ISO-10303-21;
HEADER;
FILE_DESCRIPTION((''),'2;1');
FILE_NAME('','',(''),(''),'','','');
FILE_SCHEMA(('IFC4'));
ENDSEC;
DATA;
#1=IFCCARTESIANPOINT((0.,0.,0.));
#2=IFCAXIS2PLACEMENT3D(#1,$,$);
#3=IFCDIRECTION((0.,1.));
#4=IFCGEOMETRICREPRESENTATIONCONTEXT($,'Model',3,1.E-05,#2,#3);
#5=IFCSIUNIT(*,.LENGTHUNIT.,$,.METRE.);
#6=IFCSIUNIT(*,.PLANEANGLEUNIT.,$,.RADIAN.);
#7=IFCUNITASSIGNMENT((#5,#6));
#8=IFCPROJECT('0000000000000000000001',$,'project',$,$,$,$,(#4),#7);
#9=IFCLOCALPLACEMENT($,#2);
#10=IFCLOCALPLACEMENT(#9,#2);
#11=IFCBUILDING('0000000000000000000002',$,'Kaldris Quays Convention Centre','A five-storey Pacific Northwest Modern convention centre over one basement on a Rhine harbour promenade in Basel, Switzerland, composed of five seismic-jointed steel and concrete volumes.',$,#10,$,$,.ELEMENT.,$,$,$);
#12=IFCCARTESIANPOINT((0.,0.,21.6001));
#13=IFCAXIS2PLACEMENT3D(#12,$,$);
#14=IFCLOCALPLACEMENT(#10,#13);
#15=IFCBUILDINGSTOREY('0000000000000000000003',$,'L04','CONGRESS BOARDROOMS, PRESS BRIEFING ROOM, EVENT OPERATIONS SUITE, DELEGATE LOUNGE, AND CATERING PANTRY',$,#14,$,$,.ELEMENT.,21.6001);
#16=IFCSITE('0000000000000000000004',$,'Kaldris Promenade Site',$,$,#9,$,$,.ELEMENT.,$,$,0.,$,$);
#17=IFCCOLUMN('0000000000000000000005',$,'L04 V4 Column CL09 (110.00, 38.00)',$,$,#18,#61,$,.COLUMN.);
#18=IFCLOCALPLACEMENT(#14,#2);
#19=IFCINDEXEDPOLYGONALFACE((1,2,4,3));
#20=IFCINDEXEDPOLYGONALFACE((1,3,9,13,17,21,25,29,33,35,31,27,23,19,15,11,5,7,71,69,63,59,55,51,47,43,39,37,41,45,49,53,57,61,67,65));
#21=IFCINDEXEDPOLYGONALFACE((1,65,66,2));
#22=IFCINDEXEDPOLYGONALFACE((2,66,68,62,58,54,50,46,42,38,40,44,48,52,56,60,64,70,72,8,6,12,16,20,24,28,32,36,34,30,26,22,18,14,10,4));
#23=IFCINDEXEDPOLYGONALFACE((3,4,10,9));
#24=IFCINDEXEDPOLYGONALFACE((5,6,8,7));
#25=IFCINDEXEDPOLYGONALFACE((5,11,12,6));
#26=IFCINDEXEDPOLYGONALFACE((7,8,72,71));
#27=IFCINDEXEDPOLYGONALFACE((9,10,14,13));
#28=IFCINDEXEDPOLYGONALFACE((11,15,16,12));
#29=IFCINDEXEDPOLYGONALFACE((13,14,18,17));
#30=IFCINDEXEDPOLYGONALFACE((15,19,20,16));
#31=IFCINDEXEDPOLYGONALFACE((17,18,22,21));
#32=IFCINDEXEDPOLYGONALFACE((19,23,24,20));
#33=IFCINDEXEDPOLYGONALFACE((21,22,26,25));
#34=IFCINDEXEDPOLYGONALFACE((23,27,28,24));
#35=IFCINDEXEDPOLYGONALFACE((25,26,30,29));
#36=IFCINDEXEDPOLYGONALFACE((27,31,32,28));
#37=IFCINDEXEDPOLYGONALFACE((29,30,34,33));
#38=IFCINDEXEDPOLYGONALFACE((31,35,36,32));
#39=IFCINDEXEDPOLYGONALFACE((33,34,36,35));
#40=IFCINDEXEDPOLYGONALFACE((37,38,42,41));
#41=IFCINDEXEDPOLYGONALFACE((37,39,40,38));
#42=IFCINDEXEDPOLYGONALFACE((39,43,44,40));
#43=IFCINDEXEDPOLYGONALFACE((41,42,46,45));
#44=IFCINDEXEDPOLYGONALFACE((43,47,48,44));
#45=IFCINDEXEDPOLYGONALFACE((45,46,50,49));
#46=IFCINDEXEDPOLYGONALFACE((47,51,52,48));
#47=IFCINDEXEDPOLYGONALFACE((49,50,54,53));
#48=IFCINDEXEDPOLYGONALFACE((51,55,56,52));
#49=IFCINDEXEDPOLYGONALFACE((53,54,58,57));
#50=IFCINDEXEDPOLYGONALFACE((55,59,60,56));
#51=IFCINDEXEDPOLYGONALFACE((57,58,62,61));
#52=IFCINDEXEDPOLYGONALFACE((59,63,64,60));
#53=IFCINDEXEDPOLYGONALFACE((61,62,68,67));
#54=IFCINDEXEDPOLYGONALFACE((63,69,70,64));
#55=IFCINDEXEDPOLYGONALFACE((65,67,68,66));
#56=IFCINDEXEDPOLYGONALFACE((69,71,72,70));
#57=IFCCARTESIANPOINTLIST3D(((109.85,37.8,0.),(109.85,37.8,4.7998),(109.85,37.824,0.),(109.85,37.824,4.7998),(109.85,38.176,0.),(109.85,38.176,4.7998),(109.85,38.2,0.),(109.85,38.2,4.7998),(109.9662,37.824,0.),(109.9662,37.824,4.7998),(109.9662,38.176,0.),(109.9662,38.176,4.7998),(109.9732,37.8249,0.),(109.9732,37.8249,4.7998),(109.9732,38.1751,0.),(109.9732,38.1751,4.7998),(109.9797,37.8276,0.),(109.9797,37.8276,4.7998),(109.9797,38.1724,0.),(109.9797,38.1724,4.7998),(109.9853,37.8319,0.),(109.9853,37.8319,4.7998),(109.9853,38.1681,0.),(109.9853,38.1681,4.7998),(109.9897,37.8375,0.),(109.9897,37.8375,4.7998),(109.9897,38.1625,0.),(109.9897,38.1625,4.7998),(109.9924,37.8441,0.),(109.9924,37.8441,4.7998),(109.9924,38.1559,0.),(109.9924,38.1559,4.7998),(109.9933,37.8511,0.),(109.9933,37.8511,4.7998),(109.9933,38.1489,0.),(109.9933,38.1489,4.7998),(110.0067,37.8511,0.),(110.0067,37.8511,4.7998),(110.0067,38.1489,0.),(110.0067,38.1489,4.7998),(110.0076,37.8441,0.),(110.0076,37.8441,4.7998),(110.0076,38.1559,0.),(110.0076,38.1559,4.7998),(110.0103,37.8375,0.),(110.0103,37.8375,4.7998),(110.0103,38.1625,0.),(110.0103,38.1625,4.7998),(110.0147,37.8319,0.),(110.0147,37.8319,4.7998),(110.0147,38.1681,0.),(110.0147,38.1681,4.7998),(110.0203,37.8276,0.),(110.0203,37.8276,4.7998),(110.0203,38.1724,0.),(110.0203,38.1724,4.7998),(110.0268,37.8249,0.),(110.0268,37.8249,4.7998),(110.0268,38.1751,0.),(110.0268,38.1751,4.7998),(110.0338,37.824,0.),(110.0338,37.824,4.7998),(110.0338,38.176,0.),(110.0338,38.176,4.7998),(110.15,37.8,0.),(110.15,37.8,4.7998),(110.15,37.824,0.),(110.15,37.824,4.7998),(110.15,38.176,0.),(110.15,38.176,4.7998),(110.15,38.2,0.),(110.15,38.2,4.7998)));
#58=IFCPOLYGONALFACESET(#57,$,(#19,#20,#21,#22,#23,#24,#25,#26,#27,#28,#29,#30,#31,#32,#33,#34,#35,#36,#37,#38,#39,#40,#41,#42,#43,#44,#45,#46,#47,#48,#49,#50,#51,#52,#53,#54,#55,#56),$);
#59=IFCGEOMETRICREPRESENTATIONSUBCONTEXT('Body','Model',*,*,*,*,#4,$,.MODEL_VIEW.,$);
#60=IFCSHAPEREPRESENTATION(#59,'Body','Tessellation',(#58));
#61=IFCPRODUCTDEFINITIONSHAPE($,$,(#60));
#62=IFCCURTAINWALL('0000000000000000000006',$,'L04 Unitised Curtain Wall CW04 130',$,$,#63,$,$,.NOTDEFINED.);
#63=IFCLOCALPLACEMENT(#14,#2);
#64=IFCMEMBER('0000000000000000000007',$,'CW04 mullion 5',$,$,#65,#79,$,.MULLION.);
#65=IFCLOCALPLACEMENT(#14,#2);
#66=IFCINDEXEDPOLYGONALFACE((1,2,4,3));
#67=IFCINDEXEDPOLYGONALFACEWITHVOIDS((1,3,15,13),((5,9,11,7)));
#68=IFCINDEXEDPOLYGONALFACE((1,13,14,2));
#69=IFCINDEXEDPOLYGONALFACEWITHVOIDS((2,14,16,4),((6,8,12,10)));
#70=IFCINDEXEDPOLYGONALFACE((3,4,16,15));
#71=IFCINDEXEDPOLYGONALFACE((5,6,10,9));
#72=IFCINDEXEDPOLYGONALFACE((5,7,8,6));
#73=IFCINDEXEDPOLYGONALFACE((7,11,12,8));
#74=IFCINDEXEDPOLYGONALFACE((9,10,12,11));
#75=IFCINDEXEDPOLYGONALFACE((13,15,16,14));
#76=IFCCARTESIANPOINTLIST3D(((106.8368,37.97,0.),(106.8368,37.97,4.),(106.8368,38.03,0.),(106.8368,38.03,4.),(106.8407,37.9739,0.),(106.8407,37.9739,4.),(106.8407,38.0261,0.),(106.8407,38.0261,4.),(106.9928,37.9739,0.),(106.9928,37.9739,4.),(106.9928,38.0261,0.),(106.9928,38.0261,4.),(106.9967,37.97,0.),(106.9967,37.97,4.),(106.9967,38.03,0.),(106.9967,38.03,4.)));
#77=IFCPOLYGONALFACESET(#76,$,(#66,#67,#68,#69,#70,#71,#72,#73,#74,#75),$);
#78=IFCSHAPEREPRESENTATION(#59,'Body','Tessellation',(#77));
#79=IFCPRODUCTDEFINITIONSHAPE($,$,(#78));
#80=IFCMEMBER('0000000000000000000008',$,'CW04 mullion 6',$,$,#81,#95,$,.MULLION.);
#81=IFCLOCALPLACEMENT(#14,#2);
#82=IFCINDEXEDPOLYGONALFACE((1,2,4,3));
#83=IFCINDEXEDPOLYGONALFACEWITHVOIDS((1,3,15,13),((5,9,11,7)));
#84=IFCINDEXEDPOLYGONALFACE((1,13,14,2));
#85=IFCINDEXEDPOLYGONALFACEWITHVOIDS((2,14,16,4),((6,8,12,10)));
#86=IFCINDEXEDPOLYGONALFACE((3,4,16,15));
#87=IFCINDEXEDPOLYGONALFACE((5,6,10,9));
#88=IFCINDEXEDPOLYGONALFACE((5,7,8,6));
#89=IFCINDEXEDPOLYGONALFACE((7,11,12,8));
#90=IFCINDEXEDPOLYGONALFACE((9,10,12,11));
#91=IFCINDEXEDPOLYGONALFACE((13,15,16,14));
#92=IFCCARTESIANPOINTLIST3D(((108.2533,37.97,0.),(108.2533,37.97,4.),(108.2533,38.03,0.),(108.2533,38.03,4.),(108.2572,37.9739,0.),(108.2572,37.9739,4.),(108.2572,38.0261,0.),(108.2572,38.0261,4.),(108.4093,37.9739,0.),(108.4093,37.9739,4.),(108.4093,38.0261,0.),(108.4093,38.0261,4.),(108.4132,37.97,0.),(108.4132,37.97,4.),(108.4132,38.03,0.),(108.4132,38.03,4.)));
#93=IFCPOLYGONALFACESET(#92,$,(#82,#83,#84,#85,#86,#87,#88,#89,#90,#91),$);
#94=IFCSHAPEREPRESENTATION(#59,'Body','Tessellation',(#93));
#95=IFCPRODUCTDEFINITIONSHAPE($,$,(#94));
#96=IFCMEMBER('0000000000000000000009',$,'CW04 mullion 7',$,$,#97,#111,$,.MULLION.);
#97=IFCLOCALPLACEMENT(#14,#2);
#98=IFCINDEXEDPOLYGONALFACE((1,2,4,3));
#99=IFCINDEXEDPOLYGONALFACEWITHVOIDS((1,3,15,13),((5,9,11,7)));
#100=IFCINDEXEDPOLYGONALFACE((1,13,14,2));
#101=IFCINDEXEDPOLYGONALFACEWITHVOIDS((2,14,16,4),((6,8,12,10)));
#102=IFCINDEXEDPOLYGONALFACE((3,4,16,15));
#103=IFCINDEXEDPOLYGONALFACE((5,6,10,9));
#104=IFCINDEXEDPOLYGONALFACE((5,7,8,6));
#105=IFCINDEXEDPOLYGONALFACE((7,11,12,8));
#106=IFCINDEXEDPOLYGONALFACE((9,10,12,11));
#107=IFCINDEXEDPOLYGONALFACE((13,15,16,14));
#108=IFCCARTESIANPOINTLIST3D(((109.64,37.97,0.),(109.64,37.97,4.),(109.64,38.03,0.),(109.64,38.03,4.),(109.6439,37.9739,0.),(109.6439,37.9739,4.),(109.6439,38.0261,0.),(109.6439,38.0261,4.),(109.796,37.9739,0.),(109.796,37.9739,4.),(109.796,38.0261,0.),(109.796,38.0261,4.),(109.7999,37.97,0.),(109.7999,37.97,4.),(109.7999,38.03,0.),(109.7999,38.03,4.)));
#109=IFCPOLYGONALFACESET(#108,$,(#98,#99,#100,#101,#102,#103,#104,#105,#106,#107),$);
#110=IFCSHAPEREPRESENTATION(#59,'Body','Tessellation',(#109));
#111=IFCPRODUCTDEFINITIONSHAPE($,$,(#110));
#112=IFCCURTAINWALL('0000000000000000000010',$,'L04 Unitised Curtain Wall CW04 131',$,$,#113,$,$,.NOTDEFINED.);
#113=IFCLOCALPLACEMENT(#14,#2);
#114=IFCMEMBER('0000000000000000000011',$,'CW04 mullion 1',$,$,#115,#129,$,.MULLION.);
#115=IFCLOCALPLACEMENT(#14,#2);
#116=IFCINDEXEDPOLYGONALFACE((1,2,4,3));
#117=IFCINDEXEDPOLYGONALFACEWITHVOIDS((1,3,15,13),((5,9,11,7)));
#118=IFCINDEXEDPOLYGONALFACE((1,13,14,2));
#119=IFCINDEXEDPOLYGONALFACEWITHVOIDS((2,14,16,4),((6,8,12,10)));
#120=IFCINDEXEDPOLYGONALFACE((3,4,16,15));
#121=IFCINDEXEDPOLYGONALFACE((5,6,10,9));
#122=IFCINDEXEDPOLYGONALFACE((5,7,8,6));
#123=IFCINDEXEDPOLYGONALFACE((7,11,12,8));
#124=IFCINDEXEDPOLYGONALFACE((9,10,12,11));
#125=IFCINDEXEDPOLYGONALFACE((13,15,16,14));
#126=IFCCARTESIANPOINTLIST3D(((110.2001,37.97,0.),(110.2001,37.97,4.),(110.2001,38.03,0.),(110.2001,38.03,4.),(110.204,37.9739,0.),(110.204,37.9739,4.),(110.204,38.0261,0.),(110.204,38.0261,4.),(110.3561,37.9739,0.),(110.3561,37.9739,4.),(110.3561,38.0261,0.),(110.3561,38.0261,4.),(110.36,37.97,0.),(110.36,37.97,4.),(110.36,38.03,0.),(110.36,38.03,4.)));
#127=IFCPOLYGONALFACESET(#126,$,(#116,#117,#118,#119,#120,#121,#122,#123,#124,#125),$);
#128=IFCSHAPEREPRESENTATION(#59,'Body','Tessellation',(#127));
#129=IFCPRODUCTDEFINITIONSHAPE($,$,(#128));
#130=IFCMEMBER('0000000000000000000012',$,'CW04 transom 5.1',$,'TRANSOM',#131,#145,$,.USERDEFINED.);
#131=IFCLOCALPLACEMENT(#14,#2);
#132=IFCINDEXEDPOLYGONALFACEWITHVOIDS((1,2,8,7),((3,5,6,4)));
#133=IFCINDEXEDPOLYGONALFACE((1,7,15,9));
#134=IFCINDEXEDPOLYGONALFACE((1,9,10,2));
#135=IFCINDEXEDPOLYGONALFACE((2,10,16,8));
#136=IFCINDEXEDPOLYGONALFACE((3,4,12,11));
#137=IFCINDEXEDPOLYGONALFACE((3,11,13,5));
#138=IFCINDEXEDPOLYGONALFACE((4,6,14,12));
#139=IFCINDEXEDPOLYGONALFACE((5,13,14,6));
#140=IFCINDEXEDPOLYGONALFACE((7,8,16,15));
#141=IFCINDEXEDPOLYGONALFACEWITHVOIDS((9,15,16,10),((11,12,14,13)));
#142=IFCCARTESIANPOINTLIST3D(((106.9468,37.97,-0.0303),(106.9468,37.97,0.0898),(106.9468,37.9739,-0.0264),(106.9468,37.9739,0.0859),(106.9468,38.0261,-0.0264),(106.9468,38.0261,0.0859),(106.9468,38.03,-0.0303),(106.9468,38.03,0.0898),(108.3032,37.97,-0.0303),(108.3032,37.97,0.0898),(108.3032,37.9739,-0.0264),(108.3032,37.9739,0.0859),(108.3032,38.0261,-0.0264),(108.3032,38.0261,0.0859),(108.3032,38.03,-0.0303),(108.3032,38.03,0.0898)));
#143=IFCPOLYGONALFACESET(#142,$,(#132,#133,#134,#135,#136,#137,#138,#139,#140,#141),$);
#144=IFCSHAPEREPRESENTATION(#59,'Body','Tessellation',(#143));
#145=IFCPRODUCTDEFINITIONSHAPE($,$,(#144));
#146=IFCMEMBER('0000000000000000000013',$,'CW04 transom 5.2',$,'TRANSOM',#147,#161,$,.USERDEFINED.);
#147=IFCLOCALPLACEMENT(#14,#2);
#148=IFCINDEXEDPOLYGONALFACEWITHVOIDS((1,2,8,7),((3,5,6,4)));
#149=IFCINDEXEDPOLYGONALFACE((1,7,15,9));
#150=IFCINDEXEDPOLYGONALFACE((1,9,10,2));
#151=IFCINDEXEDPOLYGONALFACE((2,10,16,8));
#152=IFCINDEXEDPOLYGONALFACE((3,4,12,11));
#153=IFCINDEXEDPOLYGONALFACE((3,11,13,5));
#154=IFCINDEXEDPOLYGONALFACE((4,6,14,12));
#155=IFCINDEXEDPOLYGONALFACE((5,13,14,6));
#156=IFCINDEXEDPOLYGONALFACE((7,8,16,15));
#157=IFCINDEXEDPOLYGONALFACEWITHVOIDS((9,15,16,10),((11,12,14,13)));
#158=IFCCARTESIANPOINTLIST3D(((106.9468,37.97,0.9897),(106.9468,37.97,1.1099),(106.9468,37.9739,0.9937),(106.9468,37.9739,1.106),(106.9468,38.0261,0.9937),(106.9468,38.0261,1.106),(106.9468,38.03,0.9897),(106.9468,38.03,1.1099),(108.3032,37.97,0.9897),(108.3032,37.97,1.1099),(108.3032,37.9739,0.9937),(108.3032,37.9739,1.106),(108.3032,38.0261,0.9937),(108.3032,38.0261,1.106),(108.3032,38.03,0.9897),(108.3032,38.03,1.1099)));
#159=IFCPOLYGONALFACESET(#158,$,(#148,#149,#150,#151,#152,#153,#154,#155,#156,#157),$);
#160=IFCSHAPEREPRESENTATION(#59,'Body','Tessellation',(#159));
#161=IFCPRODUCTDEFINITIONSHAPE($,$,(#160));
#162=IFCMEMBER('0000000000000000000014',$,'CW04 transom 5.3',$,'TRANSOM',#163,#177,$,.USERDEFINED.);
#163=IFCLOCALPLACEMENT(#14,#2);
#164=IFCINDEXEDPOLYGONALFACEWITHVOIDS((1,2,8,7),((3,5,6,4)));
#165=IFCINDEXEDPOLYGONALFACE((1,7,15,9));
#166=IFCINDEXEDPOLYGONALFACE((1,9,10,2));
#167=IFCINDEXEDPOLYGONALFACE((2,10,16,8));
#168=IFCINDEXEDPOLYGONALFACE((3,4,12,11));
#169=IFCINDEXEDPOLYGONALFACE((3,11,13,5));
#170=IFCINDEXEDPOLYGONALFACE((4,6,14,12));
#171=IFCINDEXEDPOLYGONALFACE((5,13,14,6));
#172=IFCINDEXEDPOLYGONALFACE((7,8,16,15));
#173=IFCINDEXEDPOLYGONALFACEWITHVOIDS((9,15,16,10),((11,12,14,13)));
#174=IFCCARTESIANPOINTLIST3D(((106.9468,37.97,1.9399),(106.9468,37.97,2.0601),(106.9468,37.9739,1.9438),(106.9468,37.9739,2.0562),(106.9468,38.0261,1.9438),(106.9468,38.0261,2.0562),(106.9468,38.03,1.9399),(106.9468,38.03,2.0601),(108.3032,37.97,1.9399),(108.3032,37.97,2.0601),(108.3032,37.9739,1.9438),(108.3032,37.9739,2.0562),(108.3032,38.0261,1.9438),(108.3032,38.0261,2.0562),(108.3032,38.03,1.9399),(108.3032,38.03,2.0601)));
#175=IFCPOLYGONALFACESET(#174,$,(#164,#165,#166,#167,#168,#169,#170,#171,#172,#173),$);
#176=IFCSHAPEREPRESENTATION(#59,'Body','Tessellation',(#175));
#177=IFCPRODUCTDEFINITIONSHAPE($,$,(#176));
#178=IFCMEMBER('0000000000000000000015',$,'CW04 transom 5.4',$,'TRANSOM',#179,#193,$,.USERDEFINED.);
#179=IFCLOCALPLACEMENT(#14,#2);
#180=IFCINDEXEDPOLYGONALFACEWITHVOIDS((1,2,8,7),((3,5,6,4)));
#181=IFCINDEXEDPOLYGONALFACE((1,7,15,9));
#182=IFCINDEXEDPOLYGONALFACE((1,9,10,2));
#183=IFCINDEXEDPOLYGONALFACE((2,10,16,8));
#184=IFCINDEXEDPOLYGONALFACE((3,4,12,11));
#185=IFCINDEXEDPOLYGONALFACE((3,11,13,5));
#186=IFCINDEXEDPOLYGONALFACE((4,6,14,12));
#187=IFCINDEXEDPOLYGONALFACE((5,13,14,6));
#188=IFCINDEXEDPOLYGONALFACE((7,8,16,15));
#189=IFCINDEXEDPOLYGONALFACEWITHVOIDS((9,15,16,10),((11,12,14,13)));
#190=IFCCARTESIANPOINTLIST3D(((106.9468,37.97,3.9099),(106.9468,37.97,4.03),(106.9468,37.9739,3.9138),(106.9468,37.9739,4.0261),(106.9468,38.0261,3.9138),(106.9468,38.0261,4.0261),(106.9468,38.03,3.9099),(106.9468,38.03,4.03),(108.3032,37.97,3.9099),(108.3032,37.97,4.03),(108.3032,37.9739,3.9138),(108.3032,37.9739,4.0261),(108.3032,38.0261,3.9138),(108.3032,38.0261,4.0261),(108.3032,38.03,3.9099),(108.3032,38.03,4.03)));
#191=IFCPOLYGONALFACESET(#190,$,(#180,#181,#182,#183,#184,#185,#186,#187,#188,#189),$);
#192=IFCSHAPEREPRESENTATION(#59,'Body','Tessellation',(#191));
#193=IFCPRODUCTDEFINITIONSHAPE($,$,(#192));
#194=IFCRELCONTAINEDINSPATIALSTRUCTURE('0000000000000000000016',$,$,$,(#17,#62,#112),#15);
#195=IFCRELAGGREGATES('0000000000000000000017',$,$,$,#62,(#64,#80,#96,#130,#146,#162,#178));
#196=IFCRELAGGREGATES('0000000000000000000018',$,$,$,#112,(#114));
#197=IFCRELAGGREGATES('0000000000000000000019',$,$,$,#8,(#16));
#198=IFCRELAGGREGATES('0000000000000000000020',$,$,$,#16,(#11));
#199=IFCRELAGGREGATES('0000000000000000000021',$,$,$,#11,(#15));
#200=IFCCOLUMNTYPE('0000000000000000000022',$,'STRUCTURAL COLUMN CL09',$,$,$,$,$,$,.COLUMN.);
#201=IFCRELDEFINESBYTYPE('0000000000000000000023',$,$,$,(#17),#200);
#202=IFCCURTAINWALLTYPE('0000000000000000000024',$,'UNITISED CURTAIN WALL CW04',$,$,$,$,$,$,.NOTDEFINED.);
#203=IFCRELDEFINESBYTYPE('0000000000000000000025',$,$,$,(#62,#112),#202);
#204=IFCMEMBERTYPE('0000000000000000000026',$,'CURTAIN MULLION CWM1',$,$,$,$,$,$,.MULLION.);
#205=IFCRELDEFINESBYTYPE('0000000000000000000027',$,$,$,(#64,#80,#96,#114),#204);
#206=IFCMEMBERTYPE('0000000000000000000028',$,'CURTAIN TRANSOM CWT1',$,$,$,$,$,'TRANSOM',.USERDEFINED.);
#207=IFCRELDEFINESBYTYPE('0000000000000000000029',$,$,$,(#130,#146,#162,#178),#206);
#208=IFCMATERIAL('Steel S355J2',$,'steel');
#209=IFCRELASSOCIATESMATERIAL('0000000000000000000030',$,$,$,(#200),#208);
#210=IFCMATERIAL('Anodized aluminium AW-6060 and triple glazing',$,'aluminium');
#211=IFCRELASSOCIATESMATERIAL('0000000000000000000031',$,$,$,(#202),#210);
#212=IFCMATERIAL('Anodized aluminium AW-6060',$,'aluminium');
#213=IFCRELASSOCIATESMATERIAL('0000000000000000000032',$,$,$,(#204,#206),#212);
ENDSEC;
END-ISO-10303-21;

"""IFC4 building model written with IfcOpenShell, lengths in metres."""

from ifc_helpers import new_model, si_unit, direction, frame, origin, origin_2d, place, context, subcontext, project, spatial, hollow_rectangle, i_section, extrude, material, material_profile, profile_set, type_object, element, aggregate, save


model = new_model("IFC4")

# Units and contexts
model_context = context("Model", 3, precision=1e-05, world=origin(), true_north=direction((0.0, 1.0)))
body_context = subcontext(model_context, "Body", "Model", "MODEL_VIEW")
ifc_project = project(units=[si_unit("LENGTHUNIT", "METRE"), si_unit("PLANEANGLEUNIT", "RADIAN")], contexts=[model_context])

# Site, building, storey
site_placement = place(None, origin())
site = spatial("IfcSite", under=ifc_project, at=site_placement, Name="Kaldris Promenade Site", CompositionType="ELEMENT", RefElevation=0.0)
building_placement = place(site_placement, origin())
building = spatial("IfcBuilding", under=site, at=building_placement, Name="Kaldris Quays Convention Centre", Description="A five-storey Pacific Northwest Modern convention centre over one basement on a Rhine harbour promenade in Basel, Switzerland, composed of five seismic-jointed steel and concrete volumes.", CompositionType="ELEMENT")
storey_placement = place(building_placement, frame((0.0, 0.0, 21.6001)))
storey = spatial("IfcBuildingStorey", under=building, at=storey_placement, Name="L04", Description="CONGRESS BOARDROOMS, PRESS BRIEFING ROOM, EVENT OPERATIONS SUITE, DELEGATE LOUNGE, AND CATERING PANTRY", CompositionType="ELEMENT", Elevation=21.6001)

# Column
ifc_material_1 = material(Name="Steel S355J2", Category="steel")
ifc_material_profile_1 = material_profile(ifc_material_1, i_section(OverallWidth=0.3, OverallDepth=0.3999, WebThickness=0.0134, FlangeThickness=0.0239, FilletRadius=0.0271, at=origin_2d()), Name="HEB 400")
ifc_profile_set_1 = profile_set([ifc_material_profile_1], Name="Steel S355J2")
column_type = type_object("IfcColumnType", Name="STRUCTURAL COLUMN CL09", PredefinedType="COLUMN", material=ifc_profile_set_1)
column_placement = place(storey_placement, frame((110.0, 38.0, 0.0), z_axis=(0.0, 0.0, 1.0), x_axis=(1.0, 0.0, 0.0)))
element("IfcColumn", 1, at=column_placement, inside=storey, type_object=column_type, Name="L04 V4 Column CL09 (110.00, 38.00)", PredefinedType="COLUMN", context=body_context, shape_type="SweptSolid", body=[
    extrude(i_section(OverallWidth=0.3, OverallDepth=0.3999, WebThickness=0.0134, FlangeThickness=0.0239, FilletRadius=0.0271, at=origin_2d()), origin(), (0.0, 0.0, 1.0), 4.7998),
])

# Curtain wall, members
ifc_material_2 = material(Name="Anodized aluminium AW-6060 and triple glazing", Category="aluminium")
curtain_wall_type = type_object("IfcCurtainWallType", Name="UNITISED CURTAIN WALL CW04", PredefinedType="NOTDEFINED", material=ifc_material_2)
curtain_wall_1_placement = place(storey_placement, origin())
curtain_wall_1 = element("IfcCurtainWall", 2, at=curtain_wall_1_placement, inside=storey, type_object=curtain_wall_type, Name="L04 Unitised Curtain Wall CW04 130", PredefinedType="NOTDEFINED")
ifc_material_3 = material(Name="Anodized aluminium AW-6060", Category="aluminium")
ifc_material_profile_2 = material_profile(ifc_material_3, hollow_rectangle(XDim=0.0601, YDim=0.1599, WallThickness=0.0039, at=origin_2d()), Name="RHS 160x60x4")
ifc_profile_set_2 = profile_set([ifc_material_profile_2], Name="Anodized aluminium AW-6060")
member_type_1 = type_object("IfcMemberType", Name="CURTAIN MULLION CWM1", PredefinedType="MULLION", material=ifc_profile_set_2)
member_1_placement = place(storey_placement, frame((106.9167, 38.0, 0.0), z_axis=(0.0, 0.0, 1.0), x_axis=(0.0, 1.0, 0.0)))
member_1 = element("IfcMember", 3, at=member_1_placement, type_object=member_type_1, Name="CW04 mullion 5", PredefinedType="MULLION", context=body_context, shape_type="SweptSolid", body=[
    extrude(hollow_rectangle(XDim=0.0601, YDim=0.1599, WallThickness=0.0039, at=origin_2d()), origin(), (0.0, 0.0, 1.0), 4.0),
])
member_2_placement = place(storey_placement, frame((108.3333, 38.0, 0.0), z_axis=(0.0, 0.0, 1.0), x_axis=(0.0, 1.0, 0.0)))
member_2 = element("IfcMember", 4, at=member_2_placement, type_object=member_type_1, Name="CW04 mullion 6", PredefinedType="MULLION", context=body_context, shape_type="SweptSolid", body=[
    extrude(hollow_rectangle(XDim=0.0601, YDim=0.1599, WallThickness=0.0039, at=origin_2d()), origin(), (0.0, 0.0, 1.0), 4.0),
])
member_3_placement = place(storey_placement, frame((109.72, 38.0, 0.0), z_axis=(0.0, 0.0, 1.0), x_axis=(0.0, 1.0, 0.0)))
member_3 = element("IfcMember", 5, at=member_3_placement, type_object=member_type_1, Name="CW04 mullion 7", PredefinedType="MULLION", context=body_context, shape_type="SweptSolid", body=[
    extrude(hollow_rectangle(XDim=0.0601, YDim=0.1599, WallThickness=0.0039, at=origin_2d()), origin(), (0.0, 0.0, 1.0), 4.0),
])

# Curtain wall, member
curtain_wall_2_placement = place(storey_placement, origin())
curtain_wall_2 = element("IfcCurtainWall", 6, at=curtain_wall_2_placement, inside=storey, type_object=curtain_wall_type, Name="L04 Unitised Curtain Wall CW04 131", PredefinedType="NOTDEFINED")
member_4_placement = place(storey_placement, frame((110.28, 38.0, 0.0), z_axis=(0.0, 0.0, 1.0), x_axis=(0.0, 1.0, 0.0)))
member_4 = element("IfcMember", 7, at=member_4_placement, type_object=member_type_1, Name="CW04 mullion 1", PredefinedType="MULLION", context=body_context, shape_type="SweptSolid", body=[
    extrude(hollow_rectangle(XDim=0.0601, YDim=0.1599, WallThickness=0.0039, at=origin_2d()), origin(), (0.0, 0.0, 1.0), 4.0),
])

# Members
ifc_material_profile_3 = material_profile(ifc_material_3, hollow_rectangle(XDim=0.0601, YDim=0.1201, WallThickness=0.0039, at=origin_2d()), Name="RHS 120x60x4")
ifc_profile_set_3 = profile_set([ifc_material_profile_3], Name="Anodized aluminium AW-6060")
member_type_2 = type_object("IfcMemberType", Name="CURTAIN TRANSOM CWT1", ElementType="TRANSOM", PredefinedType="USERDEFINED", material=ifc_profile_set_3)
member_5_placement = place(storey_placement, frame((106.9468, 38.0, 0.0298), z_axis=(1.0, 0.0, 0.0), x_axis=(0.0, 1.0, 0.0)))
member_5 = element("IfcMember", 8, at=member_5_placement, type_object=member_type_2, Name="CW04 transom 5.1", ObjectType="TRANSOM", PredefinedType="USERDEFINED", context=body_context, shape_type="SweptSolid", body=[
    extrude(hollow_rectangle(XDim=0.0601, YDim=0.1201, WallThickness=0.0039, at=origin_2d()), origin(), (0.0, 0.0, 1.0), 1.3564),
])
member_6_placement = place(storey_placement, frame((106.9468, 38.0, 1.0498), z_axis=(1.0, 0.0, 0.0), x_axis=(0.0, 1.0, 0.0)))
member_6 = element("IfcMember", 9, at=member_6_placement, type_object=member_type_2, Name="CW04 transom 5.2", ObjectType="TRANSOM", PredefinedType="USERDEFINED", context=body_context, shape_type="SweptSolid", body=[
    extrude(hollow_rectangle(XDim=0.0601, YDim=0.1201, WallThickness=0.0039, at=origin_2d()), origin(), (0.0, 0.0, 1.0), 1.3564),
])
member_7_placement = place(storey_placement, frame((106.9468, 38.0, 2.0), z_axis=(1.0, 0.0, 0.0), x_axis=(0.0, 1.0, 0.0)))
member_7 = element("IfcMember", 10, at=member_7_placement, type_object=member_type_2, Name="CW04 transom 5.3", ObjectType="TRANSOM", PredefinedType="USERDEFINED", context=body_context, shape_type="SweptSolid", body=[
    extrude(hollow_rectangle(XDim=0.0601, YDim=0.1201, WallThickness=0.0039, at=origin_2d()), origin(), (0.0, 0.0, 1.0), 1.3564),
])
member_8_placement = place(storey_placement, frame((106.9468, 38.0, 3.97), z_axis=(1.0, 0.0, 0.0), x_axis=(0.0, 1.0, 0.0)))
member_8 = element("IfcMember", 11, at=member_8_placement, type_object=member_type_2, Name="CW04 transom 5.4", ObjectType="TRANSOM", PredefinedType="USERDEFINED", context=body_context, shape_type="SweptSolid", body=[
    extrude(hollow_rectangle(XDim=0.0601, YDim=0.1201, WallThickness=0.0039, at=origin_2d()), origin(), (0.0, 0.0, 1.0), 1.3564),
])

aggregate(curtain_wall_1, [member_1, member_2, member_3, member_5, member_6, member_7, member_8])
aggregate(curtain_wall_2, [member_4])

save(model, "model.ifc")
